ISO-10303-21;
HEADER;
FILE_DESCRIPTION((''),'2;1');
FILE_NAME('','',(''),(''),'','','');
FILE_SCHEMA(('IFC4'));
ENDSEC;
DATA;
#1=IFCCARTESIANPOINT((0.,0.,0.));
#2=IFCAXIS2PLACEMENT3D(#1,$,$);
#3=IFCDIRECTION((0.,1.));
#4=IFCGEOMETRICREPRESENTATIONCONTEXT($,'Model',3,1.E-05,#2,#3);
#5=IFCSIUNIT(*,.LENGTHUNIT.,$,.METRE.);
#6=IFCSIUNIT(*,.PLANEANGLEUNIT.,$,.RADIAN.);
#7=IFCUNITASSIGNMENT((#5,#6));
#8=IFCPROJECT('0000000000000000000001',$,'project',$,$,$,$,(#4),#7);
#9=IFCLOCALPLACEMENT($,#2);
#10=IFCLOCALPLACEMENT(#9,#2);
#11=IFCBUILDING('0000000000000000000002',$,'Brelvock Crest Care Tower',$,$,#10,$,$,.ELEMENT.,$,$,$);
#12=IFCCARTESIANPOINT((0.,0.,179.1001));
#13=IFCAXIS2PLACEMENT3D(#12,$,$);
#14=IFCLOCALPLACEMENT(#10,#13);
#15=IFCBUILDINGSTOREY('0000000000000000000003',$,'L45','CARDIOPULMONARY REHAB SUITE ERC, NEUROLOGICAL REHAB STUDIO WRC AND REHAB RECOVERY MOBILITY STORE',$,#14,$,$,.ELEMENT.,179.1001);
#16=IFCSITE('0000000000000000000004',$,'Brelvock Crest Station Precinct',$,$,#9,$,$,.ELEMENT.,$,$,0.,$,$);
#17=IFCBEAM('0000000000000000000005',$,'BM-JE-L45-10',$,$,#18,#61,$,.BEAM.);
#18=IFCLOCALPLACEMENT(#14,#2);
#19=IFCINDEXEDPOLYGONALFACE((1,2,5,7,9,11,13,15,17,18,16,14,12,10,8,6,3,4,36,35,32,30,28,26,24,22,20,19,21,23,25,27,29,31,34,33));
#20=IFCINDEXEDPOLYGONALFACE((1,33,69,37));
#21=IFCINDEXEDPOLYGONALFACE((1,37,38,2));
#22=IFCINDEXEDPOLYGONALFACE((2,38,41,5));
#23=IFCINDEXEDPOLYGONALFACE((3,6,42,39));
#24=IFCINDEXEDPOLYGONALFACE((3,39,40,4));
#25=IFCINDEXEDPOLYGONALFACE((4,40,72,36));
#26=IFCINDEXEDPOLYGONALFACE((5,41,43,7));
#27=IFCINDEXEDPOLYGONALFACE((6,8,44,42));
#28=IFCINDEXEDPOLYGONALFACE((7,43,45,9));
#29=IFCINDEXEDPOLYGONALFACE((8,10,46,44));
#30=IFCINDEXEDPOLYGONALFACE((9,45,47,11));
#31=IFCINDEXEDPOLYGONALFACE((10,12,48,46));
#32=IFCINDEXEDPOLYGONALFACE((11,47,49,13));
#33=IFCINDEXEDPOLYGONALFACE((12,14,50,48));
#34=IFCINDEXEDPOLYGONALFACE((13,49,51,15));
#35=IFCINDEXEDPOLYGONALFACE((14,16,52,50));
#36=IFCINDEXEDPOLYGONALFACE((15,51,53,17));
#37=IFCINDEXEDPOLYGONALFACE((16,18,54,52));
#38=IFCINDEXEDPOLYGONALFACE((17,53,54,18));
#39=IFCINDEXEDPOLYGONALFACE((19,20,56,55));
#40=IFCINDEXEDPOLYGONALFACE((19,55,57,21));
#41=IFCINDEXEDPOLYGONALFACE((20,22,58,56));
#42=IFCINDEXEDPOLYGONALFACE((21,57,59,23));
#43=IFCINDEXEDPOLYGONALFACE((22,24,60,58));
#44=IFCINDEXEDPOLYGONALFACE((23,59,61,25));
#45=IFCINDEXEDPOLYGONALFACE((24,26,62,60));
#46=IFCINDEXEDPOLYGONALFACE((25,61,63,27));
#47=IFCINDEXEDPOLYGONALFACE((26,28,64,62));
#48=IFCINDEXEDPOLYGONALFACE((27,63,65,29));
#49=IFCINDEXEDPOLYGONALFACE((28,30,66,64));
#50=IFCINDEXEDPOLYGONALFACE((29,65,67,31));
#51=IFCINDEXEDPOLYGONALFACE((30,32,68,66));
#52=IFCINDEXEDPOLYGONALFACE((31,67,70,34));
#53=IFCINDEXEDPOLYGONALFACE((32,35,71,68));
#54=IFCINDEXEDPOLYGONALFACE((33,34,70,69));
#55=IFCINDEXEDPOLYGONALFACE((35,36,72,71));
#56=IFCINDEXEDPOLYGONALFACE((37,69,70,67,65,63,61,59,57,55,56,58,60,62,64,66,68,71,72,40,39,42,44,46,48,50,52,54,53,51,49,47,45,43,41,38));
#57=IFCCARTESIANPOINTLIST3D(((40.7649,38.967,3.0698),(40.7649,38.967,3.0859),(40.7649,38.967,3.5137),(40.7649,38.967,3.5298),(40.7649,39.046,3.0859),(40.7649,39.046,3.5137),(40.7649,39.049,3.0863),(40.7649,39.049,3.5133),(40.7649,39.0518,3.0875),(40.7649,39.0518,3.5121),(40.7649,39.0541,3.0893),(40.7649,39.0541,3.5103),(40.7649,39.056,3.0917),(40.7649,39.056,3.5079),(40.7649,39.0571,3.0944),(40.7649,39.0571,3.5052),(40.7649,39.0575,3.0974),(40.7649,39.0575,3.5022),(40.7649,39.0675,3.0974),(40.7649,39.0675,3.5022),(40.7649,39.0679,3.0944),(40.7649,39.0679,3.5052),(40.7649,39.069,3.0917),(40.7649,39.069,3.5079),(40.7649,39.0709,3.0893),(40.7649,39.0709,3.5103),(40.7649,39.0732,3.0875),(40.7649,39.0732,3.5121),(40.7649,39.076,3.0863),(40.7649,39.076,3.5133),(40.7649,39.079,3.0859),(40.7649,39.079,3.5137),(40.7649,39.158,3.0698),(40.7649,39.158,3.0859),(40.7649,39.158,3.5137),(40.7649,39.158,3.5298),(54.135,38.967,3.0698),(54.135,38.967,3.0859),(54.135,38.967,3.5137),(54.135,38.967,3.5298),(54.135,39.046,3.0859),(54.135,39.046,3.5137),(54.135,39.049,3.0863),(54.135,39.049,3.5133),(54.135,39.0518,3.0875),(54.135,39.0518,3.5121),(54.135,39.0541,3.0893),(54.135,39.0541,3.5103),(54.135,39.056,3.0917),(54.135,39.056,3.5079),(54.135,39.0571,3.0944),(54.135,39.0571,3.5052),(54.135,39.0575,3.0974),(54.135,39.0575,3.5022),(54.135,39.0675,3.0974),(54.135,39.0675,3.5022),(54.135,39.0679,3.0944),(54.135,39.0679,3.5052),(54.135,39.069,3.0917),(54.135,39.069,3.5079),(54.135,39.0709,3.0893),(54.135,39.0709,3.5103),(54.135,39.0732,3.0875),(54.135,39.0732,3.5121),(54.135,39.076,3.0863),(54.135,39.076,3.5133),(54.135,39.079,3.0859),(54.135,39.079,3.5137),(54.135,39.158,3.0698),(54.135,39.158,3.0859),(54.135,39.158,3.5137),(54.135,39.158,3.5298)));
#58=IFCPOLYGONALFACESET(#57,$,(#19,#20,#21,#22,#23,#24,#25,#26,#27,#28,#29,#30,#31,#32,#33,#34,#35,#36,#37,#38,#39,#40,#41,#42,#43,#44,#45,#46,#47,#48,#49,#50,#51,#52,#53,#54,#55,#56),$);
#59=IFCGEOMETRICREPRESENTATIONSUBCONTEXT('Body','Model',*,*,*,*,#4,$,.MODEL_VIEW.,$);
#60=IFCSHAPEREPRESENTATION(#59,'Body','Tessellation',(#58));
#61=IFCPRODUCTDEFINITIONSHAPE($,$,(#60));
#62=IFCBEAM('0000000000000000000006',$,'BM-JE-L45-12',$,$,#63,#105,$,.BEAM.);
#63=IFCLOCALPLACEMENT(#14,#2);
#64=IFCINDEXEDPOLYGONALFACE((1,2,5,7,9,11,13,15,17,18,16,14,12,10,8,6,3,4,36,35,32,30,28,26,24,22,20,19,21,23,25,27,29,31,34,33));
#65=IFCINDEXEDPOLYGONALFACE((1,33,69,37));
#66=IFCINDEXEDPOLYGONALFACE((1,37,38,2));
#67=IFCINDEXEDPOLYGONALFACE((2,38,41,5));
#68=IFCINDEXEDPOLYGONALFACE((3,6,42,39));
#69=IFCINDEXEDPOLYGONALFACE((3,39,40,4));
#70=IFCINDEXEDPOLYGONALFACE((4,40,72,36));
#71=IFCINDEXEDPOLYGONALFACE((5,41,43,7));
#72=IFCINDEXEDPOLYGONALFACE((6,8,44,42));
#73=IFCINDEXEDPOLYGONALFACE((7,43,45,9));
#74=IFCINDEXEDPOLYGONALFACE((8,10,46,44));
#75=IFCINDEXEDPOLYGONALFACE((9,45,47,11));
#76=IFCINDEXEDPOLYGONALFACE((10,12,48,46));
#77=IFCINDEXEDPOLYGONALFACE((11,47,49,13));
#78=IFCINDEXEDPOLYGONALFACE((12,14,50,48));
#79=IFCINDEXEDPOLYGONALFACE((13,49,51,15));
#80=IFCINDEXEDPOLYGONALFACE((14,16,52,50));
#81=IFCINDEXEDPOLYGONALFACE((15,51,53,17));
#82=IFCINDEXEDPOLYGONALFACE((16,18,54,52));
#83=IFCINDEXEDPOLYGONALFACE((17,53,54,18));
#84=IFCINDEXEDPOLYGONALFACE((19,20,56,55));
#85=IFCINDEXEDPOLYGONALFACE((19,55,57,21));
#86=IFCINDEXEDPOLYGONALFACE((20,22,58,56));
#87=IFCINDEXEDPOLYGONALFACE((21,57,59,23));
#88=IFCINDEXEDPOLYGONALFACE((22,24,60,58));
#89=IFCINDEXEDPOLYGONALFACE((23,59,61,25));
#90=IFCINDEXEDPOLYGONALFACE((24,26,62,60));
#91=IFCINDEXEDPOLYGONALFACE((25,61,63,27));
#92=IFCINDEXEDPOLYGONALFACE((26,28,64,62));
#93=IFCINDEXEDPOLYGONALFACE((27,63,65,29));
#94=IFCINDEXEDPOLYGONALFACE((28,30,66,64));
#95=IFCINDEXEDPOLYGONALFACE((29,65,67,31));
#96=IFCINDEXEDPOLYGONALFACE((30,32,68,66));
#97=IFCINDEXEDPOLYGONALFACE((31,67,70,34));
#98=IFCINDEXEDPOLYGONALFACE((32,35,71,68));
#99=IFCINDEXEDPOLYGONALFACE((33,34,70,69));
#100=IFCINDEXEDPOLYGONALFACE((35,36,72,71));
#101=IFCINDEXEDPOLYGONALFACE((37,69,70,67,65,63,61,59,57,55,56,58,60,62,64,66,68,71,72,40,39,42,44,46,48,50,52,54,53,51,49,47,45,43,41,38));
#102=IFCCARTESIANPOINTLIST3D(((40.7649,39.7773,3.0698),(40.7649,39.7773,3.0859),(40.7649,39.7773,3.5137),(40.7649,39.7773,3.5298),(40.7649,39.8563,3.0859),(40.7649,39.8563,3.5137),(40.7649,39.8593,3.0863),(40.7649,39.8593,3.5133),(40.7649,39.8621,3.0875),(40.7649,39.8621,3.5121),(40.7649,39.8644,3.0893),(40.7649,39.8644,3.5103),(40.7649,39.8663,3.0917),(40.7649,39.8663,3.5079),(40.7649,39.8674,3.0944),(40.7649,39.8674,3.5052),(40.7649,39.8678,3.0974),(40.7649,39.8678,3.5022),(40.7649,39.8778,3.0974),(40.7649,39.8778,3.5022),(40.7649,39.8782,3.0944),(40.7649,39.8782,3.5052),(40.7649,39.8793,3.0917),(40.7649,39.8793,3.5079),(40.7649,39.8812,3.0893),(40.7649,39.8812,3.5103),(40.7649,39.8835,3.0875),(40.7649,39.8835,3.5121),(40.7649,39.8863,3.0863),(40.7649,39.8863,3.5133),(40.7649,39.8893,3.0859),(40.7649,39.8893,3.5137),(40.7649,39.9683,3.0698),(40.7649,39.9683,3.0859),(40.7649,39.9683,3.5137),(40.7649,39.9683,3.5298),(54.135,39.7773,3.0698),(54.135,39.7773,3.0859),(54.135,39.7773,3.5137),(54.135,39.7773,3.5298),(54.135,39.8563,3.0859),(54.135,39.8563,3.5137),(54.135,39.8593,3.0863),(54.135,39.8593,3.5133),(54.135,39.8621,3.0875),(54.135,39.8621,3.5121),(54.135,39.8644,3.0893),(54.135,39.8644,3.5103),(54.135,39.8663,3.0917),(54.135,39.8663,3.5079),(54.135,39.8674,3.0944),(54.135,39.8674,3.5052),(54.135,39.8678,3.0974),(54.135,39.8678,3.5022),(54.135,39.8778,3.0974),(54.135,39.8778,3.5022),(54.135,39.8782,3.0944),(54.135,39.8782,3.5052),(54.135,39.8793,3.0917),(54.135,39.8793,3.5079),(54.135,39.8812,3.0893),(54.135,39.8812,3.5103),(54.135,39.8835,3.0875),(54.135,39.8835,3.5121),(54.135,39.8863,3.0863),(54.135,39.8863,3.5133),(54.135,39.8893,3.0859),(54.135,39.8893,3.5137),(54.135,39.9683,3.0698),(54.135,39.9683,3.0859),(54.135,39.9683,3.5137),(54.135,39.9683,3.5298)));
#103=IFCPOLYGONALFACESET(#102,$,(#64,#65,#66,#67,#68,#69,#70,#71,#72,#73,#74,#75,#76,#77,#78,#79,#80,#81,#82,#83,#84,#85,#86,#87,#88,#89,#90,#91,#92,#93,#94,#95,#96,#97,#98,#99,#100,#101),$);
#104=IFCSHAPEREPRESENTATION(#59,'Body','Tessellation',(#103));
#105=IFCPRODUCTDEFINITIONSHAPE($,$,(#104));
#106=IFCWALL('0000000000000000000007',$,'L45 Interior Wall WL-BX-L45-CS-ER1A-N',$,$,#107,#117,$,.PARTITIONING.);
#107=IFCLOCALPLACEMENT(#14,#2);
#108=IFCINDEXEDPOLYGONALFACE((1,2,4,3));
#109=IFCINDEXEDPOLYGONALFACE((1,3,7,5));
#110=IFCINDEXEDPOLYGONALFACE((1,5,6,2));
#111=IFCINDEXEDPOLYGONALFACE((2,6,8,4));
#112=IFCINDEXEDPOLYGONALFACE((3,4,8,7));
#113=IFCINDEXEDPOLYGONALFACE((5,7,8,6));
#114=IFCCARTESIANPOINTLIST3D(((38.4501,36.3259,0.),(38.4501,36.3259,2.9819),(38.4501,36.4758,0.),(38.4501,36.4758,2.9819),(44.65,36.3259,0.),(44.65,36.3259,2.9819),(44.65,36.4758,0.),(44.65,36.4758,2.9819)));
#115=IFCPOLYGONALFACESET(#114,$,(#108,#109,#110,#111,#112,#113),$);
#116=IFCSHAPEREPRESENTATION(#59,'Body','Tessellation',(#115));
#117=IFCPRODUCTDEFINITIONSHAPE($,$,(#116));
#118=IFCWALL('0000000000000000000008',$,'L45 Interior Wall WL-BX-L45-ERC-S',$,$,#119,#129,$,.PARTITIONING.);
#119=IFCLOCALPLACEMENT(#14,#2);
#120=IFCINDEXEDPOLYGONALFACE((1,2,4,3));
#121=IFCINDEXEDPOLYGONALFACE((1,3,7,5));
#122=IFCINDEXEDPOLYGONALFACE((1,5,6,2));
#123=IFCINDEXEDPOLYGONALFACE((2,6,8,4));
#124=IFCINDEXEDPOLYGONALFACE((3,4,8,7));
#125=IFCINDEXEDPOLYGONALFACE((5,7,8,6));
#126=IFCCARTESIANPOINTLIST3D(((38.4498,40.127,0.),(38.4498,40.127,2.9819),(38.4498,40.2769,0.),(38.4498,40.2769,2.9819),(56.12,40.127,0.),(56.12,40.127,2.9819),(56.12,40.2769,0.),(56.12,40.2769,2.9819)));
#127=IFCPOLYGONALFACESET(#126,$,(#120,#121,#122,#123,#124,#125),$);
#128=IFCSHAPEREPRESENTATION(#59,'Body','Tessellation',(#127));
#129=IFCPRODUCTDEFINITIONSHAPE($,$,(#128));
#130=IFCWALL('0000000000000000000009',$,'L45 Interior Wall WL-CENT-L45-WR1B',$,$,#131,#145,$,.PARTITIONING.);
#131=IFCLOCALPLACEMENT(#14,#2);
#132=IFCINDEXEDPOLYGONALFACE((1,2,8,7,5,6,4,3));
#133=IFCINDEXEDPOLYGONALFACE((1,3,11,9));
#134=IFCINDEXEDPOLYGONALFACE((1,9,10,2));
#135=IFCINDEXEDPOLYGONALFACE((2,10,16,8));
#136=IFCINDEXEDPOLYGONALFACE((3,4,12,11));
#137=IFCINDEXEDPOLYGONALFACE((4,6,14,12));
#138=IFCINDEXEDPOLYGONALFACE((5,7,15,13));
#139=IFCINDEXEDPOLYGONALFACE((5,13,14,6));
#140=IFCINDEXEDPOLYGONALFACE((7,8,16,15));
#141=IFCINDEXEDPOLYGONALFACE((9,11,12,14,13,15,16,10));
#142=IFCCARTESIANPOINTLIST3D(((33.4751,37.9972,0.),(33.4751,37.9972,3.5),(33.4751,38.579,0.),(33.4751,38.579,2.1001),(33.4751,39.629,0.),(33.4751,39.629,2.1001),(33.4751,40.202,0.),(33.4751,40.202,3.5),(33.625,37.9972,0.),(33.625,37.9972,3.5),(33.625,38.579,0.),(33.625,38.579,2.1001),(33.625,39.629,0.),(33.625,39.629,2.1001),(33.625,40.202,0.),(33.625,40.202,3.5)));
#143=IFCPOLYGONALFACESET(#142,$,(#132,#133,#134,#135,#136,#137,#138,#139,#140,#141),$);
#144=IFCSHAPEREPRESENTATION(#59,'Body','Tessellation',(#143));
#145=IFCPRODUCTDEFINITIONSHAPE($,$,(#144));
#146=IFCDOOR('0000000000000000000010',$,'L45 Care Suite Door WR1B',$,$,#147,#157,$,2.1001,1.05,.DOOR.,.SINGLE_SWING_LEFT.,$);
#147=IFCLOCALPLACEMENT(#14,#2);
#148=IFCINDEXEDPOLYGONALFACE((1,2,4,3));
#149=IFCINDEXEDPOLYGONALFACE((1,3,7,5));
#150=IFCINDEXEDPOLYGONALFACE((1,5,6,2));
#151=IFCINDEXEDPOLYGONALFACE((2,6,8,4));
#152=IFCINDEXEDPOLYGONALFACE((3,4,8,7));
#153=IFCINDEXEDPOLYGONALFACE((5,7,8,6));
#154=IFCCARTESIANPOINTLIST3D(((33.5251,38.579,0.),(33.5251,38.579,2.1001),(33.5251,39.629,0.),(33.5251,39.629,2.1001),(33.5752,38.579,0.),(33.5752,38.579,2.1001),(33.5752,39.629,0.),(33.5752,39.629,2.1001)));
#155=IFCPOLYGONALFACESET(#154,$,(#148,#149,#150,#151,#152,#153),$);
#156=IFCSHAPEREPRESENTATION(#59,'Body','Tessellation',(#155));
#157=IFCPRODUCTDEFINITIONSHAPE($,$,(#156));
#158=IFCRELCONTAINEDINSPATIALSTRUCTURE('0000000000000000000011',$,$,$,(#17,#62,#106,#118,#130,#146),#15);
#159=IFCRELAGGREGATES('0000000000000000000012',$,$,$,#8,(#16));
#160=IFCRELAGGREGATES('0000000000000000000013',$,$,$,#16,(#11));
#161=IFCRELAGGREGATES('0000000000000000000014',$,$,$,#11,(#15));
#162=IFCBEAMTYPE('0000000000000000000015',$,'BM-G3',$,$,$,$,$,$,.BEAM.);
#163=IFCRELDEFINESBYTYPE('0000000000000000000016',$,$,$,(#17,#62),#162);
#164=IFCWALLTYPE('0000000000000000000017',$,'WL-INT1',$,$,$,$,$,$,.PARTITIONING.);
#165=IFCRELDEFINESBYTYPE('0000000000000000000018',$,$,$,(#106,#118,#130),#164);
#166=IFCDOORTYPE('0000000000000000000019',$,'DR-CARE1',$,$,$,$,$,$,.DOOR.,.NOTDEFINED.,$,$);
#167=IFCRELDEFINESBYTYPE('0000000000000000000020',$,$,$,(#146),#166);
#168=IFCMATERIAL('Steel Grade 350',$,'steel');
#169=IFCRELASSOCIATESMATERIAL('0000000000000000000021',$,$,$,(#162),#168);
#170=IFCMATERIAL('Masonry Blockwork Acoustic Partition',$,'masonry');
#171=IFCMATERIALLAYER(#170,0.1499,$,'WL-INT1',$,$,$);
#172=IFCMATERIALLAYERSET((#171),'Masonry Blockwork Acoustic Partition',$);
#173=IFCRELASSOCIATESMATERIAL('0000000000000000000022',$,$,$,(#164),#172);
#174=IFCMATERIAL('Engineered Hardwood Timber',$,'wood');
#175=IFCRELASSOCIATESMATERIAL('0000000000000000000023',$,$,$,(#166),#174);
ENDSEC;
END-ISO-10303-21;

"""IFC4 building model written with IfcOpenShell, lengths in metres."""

from ifc_helpers import new_model, si_unit, direction, frame, frame_2d, origin, origin_2d, place, context, subcontext, project, spatial, rectangle, i_section, extrude, source, transform, mapped, material, layer, layer_set, material_profile, profile_set, type_object, element, fill, save


model = new_model("IFC4")

# Units and contexts
model_context = context("Model", 3, precision=1e-05, world=origin(), true_north=direction((0.0, 1.0)))
body_context = subcontext(model_context, "Body", "Model", "MODEL_VIEW")
ifc_project = project(units=[si_unit("LENGTHUNIT", "METRE"), si_unit("PLANEANGLEUNIT", "RADIAN")], contexts=[model_context])

# Site, building, storey
site_placement = place(None, origin())
site = spatial("IfcSite", under=ifc_project, at=site_placement, Name="Brelvock Crest Station Precinct", CompositionType="ELEMENT", RefElevation=0.0)
building_placement = place(site_placement, origin())
building = spatial("IfcBuilding", under=site, at=building_placement, Name="Brelvock Crest Care Tower", CompositionType="ELEMENT")
storey_placement = place(building_placement, frame((0.0, 0.0, 179.1001)))
storey = spatial("IfcBuildingStorey", under=building, at=storey_placement, Name="L45", Description="CARDIOPULMONARY REHAB SUITE ERC, NEUROLOGICAL REHAB STUDIO WRC AND REHAB RECOVERY MOBILITY STORE", CompositionType="ELEMENT", Elevation=179.1001)

# Beams
ifc_material_1 = material(Name="Steel Grade 350", Category="steel")
ifc_material_profile_1 = material_profile(ifc_material_1, i_section(OverallWidth=0.1909, OverallDepth=0.46, WebThickness=0.01, FlangeThickness=0.0161, FilletRadius=0.0115, at=origin_2d()), Name="460UB82.1")
ifc_profile_set_1 = profile_set([ifc_material_profile_1], Name="Steel Grade 350")
beam_type_1 = type_object("IfcBeamType", Name="BM-G3", PredefinedType="BEAM", material=ifc_profile_set_1)
shared_shape_1 = source(origin(), body_context, "Body", "SweptSolid", [
    extrude(i_section(OverallWidth=0.1909, OverallDepth=0.46, WebThickness=0.01, FlangeThickness=0.0161, FilletRadius=0.0115, at=origin_2d()), origin(), (0.0, 0.0, 1.0), 13.3701),
])
for number, where, z_axis, x_axis, name in (
    (1, (40.7649, 39.0625, 3.2998), (1.0, 0.0, 0.0), (0.0, 1.0, 0.0), "BM-JE-L45-10"),
    (2, (40.7649, 39.8728, 3.2998), (1.0, 0.0, 0.0), (0.0, 1.0, 0.0), "BM-JE-L45-12"),
):
    element("IfcBeam", number, at=place(storey_placement, frame(where, z_axis=z_axis, x_axis=x_axis)), inside=storey, type_object=beam_type_1, Name=name, PredefinedType="BEAM", context=body_context, shape_type="MappedRepresentation", body=[
        mapped(shared_shape_1, transform((0.0, 0.0, 0.0), x_axis=(1.0, 0.0, 0.0), y_axis=(0.0, 1.0, 0.0), z_axis=(0.0, 0.0, 1.0), scale=1.0)),
    ])

# Walls
ifc_material_2 = material(Name="Masonry Blockwork Acoustic Partition", Category="masonry")
ifc_layer = layer(ifc_material_2, 0.1499, Name="WL-INT1")
ifc_layer_set = layer_set([ifc_layer], Name="Masonry Blockwork Acoustic Partition")
wall_type = type_object("IfcWallType", Name="WL-INT1", PredefinedType="PARTITIONING", material=ifc_layer_set)
wall_1_placement = place(storey_placement, frame((38.45, 36.4009, 0.0), z_axis=(0.0, 0.0, 1.0), x_axis=(1.0, 0.0, 0.0)))
element("IfcWall", 3, at=wall_1_placement, inside=storey, type_object=wall_type, Name="L45 Interior Wall WL-BX-L45-CS-ER1A-N", PredefinedType="PARTITIONING", context=body_context, shape_type="SweptSolid", body=[
    extrude(rectangle(XDim=6.2, YDim=0.1499, at=frame_2d((3.1001, 0.0))), origin(), (0.0, 0.0, 1.0), 2.9819),
])
wall_2_placement = place(storey_placement, frame((38.45, 40.2019, 0.0), z_axis=(0.0, 0.0, 1.0), x_axis=(1.0, 0.0, 0.0)))
element("IfcWall", 4, at=wall_2_placement, inside=storey, type_object=wall_type, Name="L45 Interior Wall WL-BX-L45-ERC-S", PredefinedType="PARTITIONING", context=body_context, shape_type="SweptSolid", body=[
    extrude(rectangle(XDim=17.6702, YDim=0.1499, at=frame_2d((8.835, 0.0))), origin(), (0.0, 0.0, 1.0), 2.9819),
])

# Wall, opening, door
wall_3_placement = place(storey_placement, frame((33.55, 37.9971, 0.0), z_axis=(0.0, 0.0, 1.0), x_axis=(0.0, 1.0, 0.0)))
wall_3 = element("IfcWall", 5, at=wall_3_placement, inside=storey, type_object=wall_type, Name="L45 Interior Wall WL-CENT-L45-WR1B", PredefinedType="PARTITIONING", context=body_context, shape_type="SweptSolid", body=[
    extrude(rectangle(XDim=2.2048, YDim=0.1499, at=frame_2d((1.1025, 0.0))), origin(), (0.0, 0.0, 1.0), 3.5),
])
opening_1_placement = place(wall_3_placement, frame((0.582, 0.0, 0.0)))
opening_1 = element("IfcOpeningElement", 6, at=opening_1_placement, cuts=wall_3, PredefinedType="OPENING", context=body_context, shape_type="SweptSolid", body=[
    extrude(rectangle(XDim=1.05, YDim=2.1001, at=origin_2d()), frame((0.5249, 0.085, 1.05), z_axis=(0.0, -1.0, 0.0), x_axis=(1.0, 0.0, 0.0)), (0.0, 0.0, 1.0), 0.1699),
])
ifc_material_3 = material(Name="Engineered Hardwood Timber", Category="wood")
door_type_1 = type_object("IfcDoorType", Name="DR-CARE1", OperationType="NOTDEFINED", PredefinedType="DOOR", material=ifc_material_3)
shared_shape_2 = source(origin(), body_context, "Body", "SweptSolid", [
    extrude(rectangle(XDim=1.05, YDim=2.1001, at=origin_2d()), frame((0.5249, 0.0249, 1.05), z_axis=(0.0, -1.0, 0.0), x_axis=(1.0, 0.0, 0.0)), (0.0, 0.0, 1.0), 0.05),
])
door_1_placement = place(opening_1_placement, origin())
door_1 = element("IfcDoor", 7, at=door_1_placement, inside=storey, type_object=door_type_1, Name="L45 Care Suite Door WR1B", OperationType="SINGLE_SWING_LEFT", OverallHeight=2.1001, OverallWidth=1.05, PredefinedType="DOOR", context=body_context, shape_type="MappedRepresentation", body=[
    mapped(shared_shape_2, transform((0.0, 0.0, 0.0), x_axis=(1.0, 0.0, 0.0), y_axis=(0.0, 1.0, 0.0), z_axis=(0.0, 0.0, 1.0), scale=1.0)),
])
fill(opening_1, door_1)

save(model, "model.ifc")
